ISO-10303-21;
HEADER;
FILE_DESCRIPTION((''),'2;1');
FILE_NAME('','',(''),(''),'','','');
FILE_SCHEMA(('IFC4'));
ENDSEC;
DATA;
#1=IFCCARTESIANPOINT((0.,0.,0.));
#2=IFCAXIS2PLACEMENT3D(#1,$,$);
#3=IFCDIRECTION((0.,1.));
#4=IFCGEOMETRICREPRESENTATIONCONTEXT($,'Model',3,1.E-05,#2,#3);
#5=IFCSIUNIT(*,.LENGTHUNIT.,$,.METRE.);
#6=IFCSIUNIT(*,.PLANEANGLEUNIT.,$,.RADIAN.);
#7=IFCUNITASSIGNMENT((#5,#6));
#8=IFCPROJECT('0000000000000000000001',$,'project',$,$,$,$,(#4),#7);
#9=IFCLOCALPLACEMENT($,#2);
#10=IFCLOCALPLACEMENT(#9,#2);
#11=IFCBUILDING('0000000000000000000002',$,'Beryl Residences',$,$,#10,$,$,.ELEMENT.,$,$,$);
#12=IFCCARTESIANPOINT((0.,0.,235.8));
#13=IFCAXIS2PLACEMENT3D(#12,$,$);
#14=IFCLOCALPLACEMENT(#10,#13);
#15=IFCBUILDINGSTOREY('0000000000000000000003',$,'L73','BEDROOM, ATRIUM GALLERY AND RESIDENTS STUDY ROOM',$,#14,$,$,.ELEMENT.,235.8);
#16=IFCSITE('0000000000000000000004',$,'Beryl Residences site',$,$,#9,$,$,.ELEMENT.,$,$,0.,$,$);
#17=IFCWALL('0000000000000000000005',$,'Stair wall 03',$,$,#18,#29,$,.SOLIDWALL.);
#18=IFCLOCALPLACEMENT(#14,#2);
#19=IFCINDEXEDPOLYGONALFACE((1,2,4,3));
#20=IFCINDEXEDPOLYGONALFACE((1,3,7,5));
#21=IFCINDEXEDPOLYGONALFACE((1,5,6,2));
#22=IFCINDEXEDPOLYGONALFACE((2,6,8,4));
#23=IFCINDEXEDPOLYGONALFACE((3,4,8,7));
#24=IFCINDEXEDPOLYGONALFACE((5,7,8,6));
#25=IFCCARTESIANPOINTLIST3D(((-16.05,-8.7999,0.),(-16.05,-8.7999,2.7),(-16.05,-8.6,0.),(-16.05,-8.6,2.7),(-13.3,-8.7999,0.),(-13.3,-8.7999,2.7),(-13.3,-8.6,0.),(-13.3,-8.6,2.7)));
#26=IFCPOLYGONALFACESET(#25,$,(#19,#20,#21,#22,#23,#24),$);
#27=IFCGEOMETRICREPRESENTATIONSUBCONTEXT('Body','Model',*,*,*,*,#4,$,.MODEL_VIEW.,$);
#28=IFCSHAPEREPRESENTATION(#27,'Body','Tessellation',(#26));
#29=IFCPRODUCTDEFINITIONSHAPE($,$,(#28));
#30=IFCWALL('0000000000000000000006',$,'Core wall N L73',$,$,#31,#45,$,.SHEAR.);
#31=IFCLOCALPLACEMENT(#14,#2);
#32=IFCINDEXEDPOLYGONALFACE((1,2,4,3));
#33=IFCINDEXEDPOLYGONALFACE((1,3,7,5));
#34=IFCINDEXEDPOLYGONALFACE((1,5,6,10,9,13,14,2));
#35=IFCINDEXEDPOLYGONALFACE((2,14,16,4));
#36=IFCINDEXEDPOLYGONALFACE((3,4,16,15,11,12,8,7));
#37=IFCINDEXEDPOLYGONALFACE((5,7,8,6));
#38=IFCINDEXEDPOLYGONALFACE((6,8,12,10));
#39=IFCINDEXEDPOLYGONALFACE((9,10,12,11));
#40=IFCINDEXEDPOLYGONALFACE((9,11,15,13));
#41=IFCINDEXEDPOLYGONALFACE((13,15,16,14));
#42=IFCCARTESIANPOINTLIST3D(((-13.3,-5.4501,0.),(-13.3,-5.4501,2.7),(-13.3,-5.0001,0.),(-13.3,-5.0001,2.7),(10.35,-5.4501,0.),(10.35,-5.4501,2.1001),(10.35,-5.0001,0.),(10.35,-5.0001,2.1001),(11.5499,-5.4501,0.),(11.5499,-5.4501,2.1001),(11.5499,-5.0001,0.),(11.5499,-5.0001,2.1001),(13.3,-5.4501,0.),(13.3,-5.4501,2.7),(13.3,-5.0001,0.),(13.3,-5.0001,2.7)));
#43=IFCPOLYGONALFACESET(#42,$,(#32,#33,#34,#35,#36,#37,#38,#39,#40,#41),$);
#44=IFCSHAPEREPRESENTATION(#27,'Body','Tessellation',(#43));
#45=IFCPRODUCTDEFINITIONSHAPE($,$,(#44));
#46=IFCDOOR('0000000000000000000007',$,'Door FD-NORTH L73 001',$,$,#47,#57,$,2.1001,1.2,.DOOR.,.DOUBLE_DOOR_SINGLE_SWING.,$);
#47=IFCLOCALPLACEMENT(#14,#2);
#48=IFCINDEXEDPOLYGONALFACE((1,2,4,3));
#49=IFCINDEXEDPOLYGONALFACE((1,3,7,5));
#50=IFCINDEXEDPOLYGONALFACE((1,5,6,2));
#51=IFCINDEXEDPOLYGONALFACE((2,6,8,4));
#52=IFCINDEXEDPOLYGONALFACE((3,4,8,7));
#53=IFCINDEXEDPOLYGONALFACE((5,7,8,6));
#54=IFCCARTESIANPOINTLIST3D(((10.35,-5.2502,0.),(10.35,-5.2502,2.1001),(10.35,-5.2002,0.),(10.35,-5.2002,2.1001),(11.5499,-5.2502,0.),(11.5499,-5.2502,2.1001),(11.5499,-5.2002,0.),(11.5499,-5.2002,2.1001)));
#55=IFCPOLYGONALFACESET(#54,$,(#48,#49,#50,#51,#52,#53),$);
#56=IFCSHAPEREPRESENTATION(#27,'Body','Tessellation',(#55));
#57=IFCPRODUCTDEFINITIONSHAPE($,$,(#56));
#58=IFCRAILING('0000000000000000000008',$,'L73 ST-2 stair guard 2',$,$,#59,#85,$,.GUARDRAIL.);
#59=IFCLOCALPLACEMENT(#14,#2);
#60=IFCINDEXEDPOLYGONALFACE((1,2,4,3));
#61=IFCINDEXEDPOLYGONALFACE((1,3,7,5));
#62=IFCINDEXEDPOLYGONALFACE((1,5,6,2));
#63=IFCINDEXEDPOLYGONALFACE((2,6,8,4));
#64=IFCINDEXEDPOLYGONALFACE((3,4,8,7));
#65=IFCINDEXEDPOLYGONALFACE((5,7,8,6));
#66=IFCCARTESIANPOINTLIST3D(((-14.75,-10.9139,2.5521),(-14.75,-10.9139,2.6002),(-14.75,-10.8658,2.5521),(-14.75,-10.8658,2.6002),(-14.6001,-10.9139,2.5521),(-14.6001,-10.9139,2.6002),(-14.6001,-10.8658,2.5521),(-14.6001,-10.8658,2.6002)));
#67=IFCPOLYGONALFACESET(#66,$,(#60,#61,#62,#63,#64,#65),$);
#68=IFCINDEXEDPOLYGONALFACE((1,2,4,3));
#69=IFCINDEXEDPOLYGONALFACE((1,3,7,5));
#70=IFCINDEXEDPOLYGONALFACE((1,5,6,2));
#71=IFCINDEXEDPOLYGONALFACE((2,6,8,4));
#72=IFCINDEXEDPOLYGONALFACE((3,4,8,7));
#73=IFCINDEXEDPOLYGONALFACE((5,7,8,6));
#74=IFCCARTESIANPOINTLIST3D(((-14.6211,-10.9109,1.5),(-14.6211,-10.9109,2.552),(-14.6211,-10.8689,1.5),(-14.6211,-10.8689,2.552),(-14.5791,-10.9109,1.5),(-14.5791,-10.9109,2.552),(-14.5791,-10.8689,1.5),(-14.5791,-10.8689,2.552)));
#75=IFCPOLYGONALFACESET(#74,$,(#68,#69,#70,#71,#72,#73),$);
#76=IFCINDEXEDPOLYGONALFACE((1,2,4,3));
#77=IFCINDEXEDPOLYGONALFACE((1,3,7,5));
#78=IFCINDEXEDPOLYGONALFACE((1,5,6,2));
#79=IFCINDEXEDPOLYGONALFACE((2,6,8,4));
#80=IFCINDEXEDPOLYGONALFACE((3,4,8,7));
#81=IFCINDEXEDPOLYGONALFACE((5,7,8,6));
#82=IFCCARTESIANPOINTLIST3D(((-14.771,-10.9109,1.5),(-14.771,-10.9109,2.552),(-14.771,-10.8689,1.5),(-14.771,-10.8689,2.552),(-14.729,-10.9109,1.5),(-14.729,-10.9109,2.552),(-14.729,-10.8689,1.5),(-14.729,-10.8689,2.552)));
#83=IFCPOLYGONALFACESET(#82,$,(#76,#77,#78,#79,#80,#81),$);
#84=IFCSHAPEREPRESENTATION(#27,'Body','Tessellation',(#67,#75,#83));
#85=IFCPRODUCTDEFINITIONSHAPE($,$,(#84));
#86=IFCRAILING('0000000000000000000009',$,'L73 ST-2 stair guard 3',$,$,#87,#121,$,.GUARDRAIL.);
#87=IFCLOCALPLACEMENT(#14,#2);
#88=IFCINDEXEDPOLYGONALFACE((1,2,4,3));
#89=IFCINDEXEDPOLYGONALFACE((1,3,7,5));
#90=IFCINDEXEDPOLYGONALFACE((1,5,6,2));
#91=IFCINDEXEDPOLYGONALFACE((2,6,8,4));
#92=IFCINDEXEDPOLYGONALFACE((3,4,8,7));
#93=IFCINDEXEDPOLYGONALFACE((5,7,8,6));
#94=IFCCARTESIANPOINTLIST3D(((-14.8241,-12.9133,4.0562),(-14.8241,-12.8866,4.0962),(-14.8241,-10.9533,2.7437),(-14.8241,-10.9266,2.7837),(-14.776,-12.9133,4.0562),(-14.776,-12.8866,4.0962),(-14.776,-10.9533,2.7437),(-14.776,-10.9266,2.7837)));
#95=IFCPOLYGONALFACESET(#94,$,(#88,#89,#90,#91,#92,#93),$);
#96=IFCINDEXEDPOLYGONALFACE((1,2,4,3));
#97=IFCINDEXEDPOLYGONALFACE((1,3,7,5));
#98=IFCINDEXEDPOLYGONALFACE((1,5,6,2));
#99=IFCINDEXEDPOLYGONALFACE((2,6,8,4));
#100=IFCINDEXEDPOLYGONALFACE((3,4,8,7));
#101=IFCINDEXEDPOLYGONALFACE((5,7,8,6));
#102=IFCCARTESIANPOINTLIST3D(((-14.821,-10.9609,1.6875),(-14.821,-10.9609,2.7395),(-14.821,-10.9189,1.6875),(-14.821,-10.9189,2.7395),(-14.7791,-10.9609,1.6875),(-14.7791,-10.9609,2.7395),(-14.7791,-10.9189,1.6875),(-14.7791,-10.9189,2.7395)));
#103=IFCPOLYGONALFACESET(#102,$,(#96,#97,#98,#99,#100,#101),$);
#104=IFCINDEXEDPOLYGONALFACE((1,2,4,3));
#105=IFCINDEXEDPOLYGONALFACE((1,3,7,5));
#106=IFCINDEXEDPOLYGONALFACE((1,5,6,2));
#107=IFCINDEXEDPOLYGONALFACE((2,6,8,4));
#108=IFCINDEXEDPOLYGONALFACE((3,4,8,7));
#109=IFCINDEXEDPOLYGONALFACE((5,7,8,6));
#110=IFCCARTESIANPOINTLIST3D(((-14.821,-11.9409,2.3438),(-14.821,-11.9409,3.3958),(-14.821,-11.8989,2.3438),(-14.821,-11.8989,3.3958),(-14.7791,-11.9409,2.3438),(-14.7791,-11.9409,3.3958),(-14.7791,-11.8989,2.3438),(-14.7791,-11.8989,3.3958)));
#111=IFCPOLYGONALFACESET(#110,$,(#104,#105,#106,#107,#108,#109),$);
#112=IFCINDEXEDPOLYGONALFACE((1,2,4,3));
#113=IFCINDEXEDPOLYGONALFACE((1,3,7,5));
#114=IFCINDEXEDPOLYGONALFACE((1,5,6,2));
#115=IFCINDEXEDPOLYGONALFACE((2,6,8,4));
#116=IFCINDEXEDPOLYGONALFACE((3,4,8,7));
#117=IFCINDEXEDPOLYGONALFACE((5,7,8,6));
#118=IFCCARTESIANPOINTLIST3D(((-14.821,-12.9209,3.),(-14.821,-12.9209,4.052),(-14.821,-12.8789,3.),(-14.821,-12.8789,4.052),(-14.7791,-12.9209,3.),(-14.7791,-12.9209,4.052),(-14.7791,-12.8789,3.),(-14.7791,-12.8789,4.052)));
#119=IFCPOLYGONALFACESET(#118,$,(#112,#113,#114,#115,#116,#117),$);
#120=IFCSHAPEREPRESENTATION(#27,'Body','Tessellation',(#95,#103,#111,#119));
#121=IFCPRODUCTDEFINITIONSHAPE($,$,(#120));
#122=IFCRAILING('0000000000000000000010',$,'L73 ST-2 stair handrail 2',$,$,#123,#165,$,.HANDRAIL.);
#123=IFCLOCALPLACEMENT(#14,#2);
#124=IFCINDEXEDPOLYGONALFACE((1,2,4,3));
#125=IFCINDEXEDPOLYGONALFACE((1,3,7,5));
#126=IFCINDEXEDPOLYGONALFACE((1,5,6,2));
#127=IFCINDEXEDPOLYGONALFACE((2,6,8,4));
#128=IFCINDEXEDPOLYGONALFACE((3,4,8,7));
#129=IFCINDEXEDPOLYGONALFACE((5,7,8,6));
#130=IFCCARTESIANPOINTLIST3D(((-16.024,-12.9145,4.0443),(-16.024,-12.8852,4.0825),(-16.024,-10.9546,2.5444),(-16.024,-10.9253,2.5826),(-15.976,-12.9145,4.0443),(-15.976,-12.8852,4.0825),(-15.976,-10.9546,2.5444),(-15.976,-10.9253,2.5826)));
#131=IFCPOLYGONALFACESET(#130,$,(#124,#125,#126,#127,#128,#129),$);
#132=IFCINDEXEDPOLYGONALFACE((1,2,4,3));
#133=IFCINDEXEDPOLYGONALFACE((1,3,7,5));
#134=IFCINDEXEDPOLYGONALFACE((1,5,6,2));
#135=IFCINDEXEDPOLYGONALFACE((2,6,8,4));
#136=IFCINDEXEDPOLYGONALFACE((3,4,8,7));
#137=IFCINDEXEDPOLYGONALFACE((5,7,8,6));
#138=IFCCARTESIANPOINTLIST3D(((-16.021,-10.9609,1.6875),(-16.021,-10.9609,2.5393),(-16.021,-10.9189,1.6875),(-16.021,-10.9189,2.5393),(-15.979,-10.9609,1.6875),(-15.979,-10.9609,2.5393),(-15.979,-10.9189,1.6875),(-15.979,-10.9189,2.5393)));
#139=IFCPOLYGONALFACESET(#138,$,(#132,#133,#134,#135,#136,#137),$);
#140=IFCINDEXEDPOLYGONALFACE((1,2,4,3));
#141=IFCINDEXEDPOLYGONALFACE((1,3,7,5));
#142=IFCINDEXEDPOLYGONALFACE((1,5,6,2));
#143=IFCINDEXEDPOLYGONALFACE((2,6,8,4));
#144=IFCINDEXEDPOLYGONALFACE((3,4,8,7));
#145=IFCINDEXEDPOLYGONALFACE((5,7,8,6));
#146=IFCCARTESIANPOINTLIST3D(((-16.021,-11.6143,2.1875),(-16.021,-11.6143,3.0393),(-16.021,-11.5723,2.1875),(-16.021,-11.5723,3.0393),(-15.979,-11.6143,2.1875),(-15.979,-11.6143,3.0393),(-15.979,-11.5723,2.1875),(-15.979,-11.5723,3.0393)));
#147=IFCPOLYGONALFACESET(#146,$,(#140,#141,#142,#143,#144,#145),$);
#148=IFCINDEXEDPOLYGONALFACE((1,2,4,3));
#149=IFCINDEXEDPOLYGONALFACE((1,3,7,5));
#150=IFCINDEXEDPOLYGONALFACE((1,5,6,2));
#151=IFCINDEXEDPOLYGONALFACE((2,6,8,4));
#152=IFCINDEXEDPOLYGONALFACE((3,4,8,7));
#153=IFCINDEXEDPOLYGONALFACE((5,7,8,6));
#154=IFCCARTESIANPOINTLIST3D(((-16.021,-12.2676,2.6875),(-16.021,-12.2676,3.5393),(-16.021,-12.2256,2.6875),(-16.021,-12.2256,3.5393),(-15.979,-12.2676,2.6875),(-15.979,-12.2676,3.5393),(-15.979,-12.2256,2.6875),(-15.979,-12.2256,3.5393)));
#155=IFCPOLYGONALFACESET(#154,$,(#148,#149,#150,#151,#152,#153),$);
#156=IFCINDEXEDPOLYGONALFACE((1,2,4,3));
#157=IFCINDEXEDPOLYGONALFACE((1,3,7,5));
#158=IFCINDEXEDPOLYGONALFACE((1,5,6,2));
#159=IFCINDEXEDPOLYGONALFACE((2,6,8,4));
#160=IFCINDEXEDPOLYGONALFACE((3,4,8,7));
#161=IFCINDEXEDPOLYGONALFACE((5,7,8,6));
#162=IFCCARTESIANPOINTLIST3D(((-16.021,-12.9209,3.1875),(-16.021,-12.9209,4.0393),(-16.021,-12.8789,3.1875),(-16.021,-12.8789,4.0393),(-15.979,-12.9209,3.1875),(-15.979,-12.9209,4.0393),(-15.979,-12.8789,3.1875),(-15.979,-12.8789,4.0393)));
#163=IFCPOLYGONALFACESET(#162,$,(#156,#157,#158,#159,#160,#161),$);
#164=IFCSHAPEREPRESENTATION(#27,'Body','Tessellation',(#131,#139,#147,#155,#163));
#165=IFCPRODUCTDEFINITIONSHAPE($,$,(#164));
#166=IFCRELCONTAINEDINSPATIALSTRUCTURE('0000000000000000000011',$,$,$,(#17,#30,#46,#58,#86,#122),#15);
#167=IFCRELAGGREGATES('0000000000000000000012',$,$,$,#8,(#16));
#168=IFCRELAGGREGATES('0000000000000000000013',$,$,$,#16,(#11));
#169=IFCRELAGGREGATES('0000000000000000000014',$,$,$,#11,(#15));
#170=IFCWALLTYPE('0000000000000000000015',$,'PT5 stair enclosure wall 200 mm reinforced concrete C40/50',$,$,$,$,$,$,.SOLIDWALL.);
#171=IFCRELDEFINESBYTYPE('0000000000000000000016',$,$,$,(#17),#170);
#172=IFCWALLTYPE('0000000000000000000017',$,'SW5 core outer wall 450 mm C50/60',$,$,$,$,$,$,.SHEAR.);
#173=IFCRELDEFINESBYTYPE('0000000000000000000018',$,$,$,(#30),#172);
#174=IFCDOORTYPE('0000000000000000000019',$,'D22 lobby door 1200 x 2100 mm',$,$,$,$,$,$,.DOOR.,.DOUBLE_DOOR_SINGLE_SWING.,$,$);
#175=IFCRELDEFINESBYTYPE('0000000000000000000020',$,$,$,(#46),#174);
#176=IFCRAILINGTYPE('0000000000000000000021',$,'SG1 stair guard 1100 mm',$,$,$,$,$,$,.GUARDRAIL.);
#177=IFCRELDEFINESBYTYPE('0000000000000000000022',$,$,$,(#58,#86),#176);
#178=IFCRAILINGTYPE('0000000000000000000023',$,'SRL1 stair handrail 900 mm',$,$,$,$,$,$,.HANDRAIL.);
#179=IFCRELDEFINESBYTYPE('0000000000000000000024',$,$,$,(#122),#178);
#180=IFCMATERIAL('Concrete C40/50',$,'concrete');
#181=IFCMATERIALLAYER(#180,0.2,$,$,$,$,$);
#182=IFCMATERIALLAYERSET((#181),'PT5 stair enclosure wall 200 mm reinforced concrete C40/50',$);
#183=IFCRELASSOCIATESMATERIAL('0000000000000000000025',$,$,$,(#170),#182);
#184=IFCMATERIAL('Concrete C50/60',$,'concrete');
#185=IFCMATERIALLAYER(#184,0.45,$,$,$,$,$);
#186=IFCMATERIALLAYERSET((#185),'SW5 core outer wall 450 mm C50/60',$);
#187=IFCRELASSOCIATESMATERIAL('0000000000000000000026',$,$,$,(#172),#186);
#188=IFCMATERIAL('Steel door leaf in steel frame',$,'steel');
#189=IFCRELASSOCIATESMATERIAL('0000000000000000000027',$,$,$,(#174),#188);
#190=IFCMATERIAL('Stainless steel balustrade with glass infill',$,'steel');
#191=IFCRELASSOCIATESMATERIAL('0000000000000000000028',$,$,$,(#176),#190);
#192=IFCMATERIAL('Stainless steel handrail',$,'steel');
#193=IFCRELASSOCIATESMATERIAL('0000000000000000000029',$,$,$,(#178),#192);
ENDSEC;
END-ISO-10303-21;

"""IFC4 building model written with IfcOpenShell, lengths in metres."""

from ifc_helpers import new_model, si_unit, direction, frame, frame_2d, origin, origin_2d, place, context, subcontext, project, spatial, rectangle, extrude, material, layer, layer_set, type_object, element, fill, save


model = new_model("IFC4")

# Units and contexts
model_context = context("Model", 3, precision=1e-05, world=origin(), true_north=direction((0.0, 1.0)))
body_context = subcontext(model_context, "Body", "Model", "MODEL_VIEW")
ifc_project = project(units=[si_unit("LENGTHUNIT", "METRE"), si_unit("PLANEANGLEUNIT", "RADIAN")], contexts=[model_context])

# Site, building, storey
site_placement = place(None, origin())
site = spatial("IfcSite", under=ifc_project, at=site_placement, Name="Beryl Residences site", CompositionType="ELEMENT", RefElevation=0.0)
building_placement = place(site_placement, origin())
building = spatial("IfcBuilding", under=site, at=building_placement, Name="Beryl Residences", CompositionType="ELEMENT")
storey_placement = place(building_placement, frame((0.0, 0.0, 235.8)))
storey = spatial("IfcBuildingStorey", under=building, at=storey_placement, Name="L73", Description="BEDROOM, ATRIUM GALLERY AND RESIDENTS STUDY ROOM", CompositionType="ELEMENT", Elevation=235.8)

# Wall
ifc_material_1 = material(Name="Concrete C40/50", Category="concrete")
ifc_layer_1 = layer(ifc_material_1, 0.2)
ifc_layer_set_1 = layer_set([ifc_layer_1], Name="PT5 stair enclosure wall 200 mm reinforced concrete C40/50")
wall_type_1 = type_object("IfcWallType", Name="PT5 stair enclosure wall 200 mm reinforced concrete C40/50", PredefinedType="SOLIDWALL", material=ifc_layer_set_1)
wall_1_placement = place(storey_placement, frame((-16.05, -8.7, 0.0), z_axis=(0.0, 0.0, 1.0), x_axis=(1.0, 0.0, 0.0)))
element("IfcWall", 1, at=wall_1_placement, inside=storey, type_object=wall_type_1, Name="Stair wall 03", PredefinedType="SOLIDWALL", context=body_context, shape_type="SweptSolid", body=[
    extrude(rectangle(XDim=2.75, YDim=0.2, at=frame_2d((1.375, 0.0))), origin(), (0.0, 0.0, 1.0), 2.7),
])

# Wall, opening, door
ifc_material_2 = material(Name="Concrete C50/60", Category="concrete")
ifc_layer_2 = layer(ifc_material_2, 0.45)
ifc_layer_set_2 = layer_set([ifc_layer_2], Name="SW5 core outer wall 450 mm C50/60")
wall_type_2 = type_object("IfcWallType", Name="SW5 core outer wall 450 mm C50/60", PredefinedType="SHEAR", material=ifc_layer_set_2)
wall_2_placement = place(storey_placement, frame((-13.3, -5.2251, 0.0), z_axis=(0.0, 0.0, 1.0), x_axis=(1.0, 0.0, 0.0)))
wall_2 = element("IfcWall", 2, at=wall_2_placement, inside=storey, type_object=wall_type_2, Name="Core wall N L73", PredefinedType="SHEAR", context=body_context, shape_type="SweptSolid", body=[
    extrude(rectangle(XDim=26.6001, YDim=0.45, at=frame_2d((13.3, 0.0))), origin(), (0.0, 0.0, 1.0), 2.7),
])
opening_1_placement = place(wall_2_placement, frame((23.6499, 0.0, 0.0)))
opening_1 = element("IfcOpeningElement", 3, at=opening_1_placement, cuts=wall_2, PredefinedType="OPENING", context=body_context, shape_type="SweptSolid", body=[
    extrude(rectangle(XDim=1.2, YDim=2.1001, at=frame_2d((0.6001, 1.05))), frame((0.0, 0.2349, 0.0), z_axis=(0.0, -1.0, 0.0), x_axis=(1.0, 0.0, 0.0)), (0.0, 0.0, 1.0), 0.47),
])
ifc_material_3 = material(Name="Steel door leaf in steel frame", Category="steel")
door_type_1 = type_object("IfcDoorType", Name="D22 lobby door 1200 x 2100 mm", OperationType="DOUBLE_DOOR_SINGLE_SWING", PredefinedType="DOOR", material=ifc_material_3)
door_1_placement = place(opening_1_placement, origin())
door_1 = element("IfcDoor", 4, at=door_1_placement, inside=storey, type_object=door_type_1, Name="Door FD-NORTH L73 001", OperationType="DOUBLE_DOOR_SINGLE_SWING", OverallHeight=2.1001, OverallWidth=1.2, PredefinedType="DOOR", context=body_context, shape_type="SweptSolid", body=[
    extrude(rectangle(XDim=1.2, YDim=2.1001, at=frame_2d((0.6001, 1.05))), frame((0.0, 0.0249, 0.0), z_axis=(0.0, -1.0, 0.0), x_axis=(1.0, 0.0, 0.0)), (0.0, 0.0, 1.0), 0.05),
])
fill(opening_1, door_1)

# Railings
ifc_material_4 = material(Name="Stainless steel balustrade with glass infill", Category="steel")
railing_type_1 = type_object("IfcRailingType", Name="SG1 stair guard 1100 mm", PredefinedType="GUARDRAIL", material=ifc_material_4)
railing_1_placement = place(storey_placement, frame((-14.6001, -10.8899, 1.5)))
element("IfcRailing", 5, at=railing_1_placement, inside=storey, type_object=railing_type_1, Name="L73 ST-2 stair guard 2", PredefinedType="GUARDRAIL", context=body_context, shape_type="SweptSolid", body=[
    extrude(rectangle(XDim=0.0481, YDim=0.0481, at=origin_2d()), frame((0.0, 0.0, 1.0762), z_axis=(-1.0, 0.0, 0.0), x_axis=(0.0, -1.0, 0.0)), (0.0, 0.0, 1.0), 0.1499),
    extrude(rectangle(XDim=0.042, YDim=0.042, at=origin_2d()), origin(), (0.0, 0.0, 1.0), 1.052),
    extrude(rectangle(XDim=0.042, YDim=0.042, at=origin_2d()), frame((-0.1499, 0.0, 0.0)), (0.0, 0.0, 1.0), 1.052),
])
railing_2_placement = place(storey_placement, frame((-14.8, -10.9399, 1.6875)))
element("IfcRailing", 6, at=railing_2_placement, inside=storey, type_object=railing_type_1, Name="L73 ST-2 stair guard 3", PredefinedType="GUARDRAIL", context=body_context, shape_type="SweptSolid", body=[
    extrude(rectangle(XDim=0.0481, YDim=0.0481, at=origin_2d()), frame((0.0, 0.0, 1.0762), z_axis=(0.0, -0.830902, 0.556419), x_axis=(1.0, 0.0, 0.0)), (0.0, 0.0, 1.0), 2.3589),
    extrude(rectangle(XDim=0.042, YDim=0.042, at=origin_2d()), origin(), (0.0, 0.0, 1.0), 1.052),
    extrude(rectangle(XDim=0.042, YDim=0.042, at=origin_2d()), frame((0.0, -0.98, 0.6562)), (0.0, 0.0, 1.0), 1.052),
    extrude(rectangle(XDim=0.042, YDim=0.042, at=origin_2d()), frame((0.0, -1.96, 1.3125)), (0.0, 0.0, 1.0), 1.052),
])
ifc_material_5 = material(Name="Stainless steel handrail", Category="steel")
railing_type_2 = type_object("IfcRailingType", Name="SRL1 stair handrail 900 mm", PredefinedType="HANDRAIL", material=ifc_material_5)
railing_3_placement = place(storey_placement, frame((-16.0, -10.9399, 1.6875)))
element("IfcRailing", 7, at=railing_3_placement, inside=storey, type_object=railing_type_2, Name="L73 ST-2 stair handrail 2", PredefinedType="HANDRAIL", context=body_context, shape_type="SweptSolid", body=[
    extrude(rectangle(XDim=0.0481, YDim=0.0481, at=origin_2d()), frame((0.0, 0.0, 0.876), z_axis=(0.0, -0.794122, 0.607758), x_axis=(1.0, 0.0, 0.0)), (0.0, 0.0, 1.0), 2.468),
    extrude(rectangle(XDim=0.042, YDim=0.042, at=origin_2d()), origin(), (0.0, 0.0, 1.0), 0.8518),
    extrude(rectangle(XDim=0.042, YDim=0.042, at=origin_2d()), frame((0.0, -0.6533, 0.5)), (0.0, 0.0, 1.0), 0.8518),
    extrude(rectangle(XDim=0.042, YDim=0.042, at=origin_2d()), frame((0.0, -1.3066, 1.0)), (0.0, 0.0, 1.0), 0.8518),
    extrude(rectangle(XDim=0.042, YDim=0.042, at=origin_2d()), frame((0.0, -1.96, 1.5)), (0.0, 0.0, 1.0), 0.8518),
])

save(model, "model.ifc")
